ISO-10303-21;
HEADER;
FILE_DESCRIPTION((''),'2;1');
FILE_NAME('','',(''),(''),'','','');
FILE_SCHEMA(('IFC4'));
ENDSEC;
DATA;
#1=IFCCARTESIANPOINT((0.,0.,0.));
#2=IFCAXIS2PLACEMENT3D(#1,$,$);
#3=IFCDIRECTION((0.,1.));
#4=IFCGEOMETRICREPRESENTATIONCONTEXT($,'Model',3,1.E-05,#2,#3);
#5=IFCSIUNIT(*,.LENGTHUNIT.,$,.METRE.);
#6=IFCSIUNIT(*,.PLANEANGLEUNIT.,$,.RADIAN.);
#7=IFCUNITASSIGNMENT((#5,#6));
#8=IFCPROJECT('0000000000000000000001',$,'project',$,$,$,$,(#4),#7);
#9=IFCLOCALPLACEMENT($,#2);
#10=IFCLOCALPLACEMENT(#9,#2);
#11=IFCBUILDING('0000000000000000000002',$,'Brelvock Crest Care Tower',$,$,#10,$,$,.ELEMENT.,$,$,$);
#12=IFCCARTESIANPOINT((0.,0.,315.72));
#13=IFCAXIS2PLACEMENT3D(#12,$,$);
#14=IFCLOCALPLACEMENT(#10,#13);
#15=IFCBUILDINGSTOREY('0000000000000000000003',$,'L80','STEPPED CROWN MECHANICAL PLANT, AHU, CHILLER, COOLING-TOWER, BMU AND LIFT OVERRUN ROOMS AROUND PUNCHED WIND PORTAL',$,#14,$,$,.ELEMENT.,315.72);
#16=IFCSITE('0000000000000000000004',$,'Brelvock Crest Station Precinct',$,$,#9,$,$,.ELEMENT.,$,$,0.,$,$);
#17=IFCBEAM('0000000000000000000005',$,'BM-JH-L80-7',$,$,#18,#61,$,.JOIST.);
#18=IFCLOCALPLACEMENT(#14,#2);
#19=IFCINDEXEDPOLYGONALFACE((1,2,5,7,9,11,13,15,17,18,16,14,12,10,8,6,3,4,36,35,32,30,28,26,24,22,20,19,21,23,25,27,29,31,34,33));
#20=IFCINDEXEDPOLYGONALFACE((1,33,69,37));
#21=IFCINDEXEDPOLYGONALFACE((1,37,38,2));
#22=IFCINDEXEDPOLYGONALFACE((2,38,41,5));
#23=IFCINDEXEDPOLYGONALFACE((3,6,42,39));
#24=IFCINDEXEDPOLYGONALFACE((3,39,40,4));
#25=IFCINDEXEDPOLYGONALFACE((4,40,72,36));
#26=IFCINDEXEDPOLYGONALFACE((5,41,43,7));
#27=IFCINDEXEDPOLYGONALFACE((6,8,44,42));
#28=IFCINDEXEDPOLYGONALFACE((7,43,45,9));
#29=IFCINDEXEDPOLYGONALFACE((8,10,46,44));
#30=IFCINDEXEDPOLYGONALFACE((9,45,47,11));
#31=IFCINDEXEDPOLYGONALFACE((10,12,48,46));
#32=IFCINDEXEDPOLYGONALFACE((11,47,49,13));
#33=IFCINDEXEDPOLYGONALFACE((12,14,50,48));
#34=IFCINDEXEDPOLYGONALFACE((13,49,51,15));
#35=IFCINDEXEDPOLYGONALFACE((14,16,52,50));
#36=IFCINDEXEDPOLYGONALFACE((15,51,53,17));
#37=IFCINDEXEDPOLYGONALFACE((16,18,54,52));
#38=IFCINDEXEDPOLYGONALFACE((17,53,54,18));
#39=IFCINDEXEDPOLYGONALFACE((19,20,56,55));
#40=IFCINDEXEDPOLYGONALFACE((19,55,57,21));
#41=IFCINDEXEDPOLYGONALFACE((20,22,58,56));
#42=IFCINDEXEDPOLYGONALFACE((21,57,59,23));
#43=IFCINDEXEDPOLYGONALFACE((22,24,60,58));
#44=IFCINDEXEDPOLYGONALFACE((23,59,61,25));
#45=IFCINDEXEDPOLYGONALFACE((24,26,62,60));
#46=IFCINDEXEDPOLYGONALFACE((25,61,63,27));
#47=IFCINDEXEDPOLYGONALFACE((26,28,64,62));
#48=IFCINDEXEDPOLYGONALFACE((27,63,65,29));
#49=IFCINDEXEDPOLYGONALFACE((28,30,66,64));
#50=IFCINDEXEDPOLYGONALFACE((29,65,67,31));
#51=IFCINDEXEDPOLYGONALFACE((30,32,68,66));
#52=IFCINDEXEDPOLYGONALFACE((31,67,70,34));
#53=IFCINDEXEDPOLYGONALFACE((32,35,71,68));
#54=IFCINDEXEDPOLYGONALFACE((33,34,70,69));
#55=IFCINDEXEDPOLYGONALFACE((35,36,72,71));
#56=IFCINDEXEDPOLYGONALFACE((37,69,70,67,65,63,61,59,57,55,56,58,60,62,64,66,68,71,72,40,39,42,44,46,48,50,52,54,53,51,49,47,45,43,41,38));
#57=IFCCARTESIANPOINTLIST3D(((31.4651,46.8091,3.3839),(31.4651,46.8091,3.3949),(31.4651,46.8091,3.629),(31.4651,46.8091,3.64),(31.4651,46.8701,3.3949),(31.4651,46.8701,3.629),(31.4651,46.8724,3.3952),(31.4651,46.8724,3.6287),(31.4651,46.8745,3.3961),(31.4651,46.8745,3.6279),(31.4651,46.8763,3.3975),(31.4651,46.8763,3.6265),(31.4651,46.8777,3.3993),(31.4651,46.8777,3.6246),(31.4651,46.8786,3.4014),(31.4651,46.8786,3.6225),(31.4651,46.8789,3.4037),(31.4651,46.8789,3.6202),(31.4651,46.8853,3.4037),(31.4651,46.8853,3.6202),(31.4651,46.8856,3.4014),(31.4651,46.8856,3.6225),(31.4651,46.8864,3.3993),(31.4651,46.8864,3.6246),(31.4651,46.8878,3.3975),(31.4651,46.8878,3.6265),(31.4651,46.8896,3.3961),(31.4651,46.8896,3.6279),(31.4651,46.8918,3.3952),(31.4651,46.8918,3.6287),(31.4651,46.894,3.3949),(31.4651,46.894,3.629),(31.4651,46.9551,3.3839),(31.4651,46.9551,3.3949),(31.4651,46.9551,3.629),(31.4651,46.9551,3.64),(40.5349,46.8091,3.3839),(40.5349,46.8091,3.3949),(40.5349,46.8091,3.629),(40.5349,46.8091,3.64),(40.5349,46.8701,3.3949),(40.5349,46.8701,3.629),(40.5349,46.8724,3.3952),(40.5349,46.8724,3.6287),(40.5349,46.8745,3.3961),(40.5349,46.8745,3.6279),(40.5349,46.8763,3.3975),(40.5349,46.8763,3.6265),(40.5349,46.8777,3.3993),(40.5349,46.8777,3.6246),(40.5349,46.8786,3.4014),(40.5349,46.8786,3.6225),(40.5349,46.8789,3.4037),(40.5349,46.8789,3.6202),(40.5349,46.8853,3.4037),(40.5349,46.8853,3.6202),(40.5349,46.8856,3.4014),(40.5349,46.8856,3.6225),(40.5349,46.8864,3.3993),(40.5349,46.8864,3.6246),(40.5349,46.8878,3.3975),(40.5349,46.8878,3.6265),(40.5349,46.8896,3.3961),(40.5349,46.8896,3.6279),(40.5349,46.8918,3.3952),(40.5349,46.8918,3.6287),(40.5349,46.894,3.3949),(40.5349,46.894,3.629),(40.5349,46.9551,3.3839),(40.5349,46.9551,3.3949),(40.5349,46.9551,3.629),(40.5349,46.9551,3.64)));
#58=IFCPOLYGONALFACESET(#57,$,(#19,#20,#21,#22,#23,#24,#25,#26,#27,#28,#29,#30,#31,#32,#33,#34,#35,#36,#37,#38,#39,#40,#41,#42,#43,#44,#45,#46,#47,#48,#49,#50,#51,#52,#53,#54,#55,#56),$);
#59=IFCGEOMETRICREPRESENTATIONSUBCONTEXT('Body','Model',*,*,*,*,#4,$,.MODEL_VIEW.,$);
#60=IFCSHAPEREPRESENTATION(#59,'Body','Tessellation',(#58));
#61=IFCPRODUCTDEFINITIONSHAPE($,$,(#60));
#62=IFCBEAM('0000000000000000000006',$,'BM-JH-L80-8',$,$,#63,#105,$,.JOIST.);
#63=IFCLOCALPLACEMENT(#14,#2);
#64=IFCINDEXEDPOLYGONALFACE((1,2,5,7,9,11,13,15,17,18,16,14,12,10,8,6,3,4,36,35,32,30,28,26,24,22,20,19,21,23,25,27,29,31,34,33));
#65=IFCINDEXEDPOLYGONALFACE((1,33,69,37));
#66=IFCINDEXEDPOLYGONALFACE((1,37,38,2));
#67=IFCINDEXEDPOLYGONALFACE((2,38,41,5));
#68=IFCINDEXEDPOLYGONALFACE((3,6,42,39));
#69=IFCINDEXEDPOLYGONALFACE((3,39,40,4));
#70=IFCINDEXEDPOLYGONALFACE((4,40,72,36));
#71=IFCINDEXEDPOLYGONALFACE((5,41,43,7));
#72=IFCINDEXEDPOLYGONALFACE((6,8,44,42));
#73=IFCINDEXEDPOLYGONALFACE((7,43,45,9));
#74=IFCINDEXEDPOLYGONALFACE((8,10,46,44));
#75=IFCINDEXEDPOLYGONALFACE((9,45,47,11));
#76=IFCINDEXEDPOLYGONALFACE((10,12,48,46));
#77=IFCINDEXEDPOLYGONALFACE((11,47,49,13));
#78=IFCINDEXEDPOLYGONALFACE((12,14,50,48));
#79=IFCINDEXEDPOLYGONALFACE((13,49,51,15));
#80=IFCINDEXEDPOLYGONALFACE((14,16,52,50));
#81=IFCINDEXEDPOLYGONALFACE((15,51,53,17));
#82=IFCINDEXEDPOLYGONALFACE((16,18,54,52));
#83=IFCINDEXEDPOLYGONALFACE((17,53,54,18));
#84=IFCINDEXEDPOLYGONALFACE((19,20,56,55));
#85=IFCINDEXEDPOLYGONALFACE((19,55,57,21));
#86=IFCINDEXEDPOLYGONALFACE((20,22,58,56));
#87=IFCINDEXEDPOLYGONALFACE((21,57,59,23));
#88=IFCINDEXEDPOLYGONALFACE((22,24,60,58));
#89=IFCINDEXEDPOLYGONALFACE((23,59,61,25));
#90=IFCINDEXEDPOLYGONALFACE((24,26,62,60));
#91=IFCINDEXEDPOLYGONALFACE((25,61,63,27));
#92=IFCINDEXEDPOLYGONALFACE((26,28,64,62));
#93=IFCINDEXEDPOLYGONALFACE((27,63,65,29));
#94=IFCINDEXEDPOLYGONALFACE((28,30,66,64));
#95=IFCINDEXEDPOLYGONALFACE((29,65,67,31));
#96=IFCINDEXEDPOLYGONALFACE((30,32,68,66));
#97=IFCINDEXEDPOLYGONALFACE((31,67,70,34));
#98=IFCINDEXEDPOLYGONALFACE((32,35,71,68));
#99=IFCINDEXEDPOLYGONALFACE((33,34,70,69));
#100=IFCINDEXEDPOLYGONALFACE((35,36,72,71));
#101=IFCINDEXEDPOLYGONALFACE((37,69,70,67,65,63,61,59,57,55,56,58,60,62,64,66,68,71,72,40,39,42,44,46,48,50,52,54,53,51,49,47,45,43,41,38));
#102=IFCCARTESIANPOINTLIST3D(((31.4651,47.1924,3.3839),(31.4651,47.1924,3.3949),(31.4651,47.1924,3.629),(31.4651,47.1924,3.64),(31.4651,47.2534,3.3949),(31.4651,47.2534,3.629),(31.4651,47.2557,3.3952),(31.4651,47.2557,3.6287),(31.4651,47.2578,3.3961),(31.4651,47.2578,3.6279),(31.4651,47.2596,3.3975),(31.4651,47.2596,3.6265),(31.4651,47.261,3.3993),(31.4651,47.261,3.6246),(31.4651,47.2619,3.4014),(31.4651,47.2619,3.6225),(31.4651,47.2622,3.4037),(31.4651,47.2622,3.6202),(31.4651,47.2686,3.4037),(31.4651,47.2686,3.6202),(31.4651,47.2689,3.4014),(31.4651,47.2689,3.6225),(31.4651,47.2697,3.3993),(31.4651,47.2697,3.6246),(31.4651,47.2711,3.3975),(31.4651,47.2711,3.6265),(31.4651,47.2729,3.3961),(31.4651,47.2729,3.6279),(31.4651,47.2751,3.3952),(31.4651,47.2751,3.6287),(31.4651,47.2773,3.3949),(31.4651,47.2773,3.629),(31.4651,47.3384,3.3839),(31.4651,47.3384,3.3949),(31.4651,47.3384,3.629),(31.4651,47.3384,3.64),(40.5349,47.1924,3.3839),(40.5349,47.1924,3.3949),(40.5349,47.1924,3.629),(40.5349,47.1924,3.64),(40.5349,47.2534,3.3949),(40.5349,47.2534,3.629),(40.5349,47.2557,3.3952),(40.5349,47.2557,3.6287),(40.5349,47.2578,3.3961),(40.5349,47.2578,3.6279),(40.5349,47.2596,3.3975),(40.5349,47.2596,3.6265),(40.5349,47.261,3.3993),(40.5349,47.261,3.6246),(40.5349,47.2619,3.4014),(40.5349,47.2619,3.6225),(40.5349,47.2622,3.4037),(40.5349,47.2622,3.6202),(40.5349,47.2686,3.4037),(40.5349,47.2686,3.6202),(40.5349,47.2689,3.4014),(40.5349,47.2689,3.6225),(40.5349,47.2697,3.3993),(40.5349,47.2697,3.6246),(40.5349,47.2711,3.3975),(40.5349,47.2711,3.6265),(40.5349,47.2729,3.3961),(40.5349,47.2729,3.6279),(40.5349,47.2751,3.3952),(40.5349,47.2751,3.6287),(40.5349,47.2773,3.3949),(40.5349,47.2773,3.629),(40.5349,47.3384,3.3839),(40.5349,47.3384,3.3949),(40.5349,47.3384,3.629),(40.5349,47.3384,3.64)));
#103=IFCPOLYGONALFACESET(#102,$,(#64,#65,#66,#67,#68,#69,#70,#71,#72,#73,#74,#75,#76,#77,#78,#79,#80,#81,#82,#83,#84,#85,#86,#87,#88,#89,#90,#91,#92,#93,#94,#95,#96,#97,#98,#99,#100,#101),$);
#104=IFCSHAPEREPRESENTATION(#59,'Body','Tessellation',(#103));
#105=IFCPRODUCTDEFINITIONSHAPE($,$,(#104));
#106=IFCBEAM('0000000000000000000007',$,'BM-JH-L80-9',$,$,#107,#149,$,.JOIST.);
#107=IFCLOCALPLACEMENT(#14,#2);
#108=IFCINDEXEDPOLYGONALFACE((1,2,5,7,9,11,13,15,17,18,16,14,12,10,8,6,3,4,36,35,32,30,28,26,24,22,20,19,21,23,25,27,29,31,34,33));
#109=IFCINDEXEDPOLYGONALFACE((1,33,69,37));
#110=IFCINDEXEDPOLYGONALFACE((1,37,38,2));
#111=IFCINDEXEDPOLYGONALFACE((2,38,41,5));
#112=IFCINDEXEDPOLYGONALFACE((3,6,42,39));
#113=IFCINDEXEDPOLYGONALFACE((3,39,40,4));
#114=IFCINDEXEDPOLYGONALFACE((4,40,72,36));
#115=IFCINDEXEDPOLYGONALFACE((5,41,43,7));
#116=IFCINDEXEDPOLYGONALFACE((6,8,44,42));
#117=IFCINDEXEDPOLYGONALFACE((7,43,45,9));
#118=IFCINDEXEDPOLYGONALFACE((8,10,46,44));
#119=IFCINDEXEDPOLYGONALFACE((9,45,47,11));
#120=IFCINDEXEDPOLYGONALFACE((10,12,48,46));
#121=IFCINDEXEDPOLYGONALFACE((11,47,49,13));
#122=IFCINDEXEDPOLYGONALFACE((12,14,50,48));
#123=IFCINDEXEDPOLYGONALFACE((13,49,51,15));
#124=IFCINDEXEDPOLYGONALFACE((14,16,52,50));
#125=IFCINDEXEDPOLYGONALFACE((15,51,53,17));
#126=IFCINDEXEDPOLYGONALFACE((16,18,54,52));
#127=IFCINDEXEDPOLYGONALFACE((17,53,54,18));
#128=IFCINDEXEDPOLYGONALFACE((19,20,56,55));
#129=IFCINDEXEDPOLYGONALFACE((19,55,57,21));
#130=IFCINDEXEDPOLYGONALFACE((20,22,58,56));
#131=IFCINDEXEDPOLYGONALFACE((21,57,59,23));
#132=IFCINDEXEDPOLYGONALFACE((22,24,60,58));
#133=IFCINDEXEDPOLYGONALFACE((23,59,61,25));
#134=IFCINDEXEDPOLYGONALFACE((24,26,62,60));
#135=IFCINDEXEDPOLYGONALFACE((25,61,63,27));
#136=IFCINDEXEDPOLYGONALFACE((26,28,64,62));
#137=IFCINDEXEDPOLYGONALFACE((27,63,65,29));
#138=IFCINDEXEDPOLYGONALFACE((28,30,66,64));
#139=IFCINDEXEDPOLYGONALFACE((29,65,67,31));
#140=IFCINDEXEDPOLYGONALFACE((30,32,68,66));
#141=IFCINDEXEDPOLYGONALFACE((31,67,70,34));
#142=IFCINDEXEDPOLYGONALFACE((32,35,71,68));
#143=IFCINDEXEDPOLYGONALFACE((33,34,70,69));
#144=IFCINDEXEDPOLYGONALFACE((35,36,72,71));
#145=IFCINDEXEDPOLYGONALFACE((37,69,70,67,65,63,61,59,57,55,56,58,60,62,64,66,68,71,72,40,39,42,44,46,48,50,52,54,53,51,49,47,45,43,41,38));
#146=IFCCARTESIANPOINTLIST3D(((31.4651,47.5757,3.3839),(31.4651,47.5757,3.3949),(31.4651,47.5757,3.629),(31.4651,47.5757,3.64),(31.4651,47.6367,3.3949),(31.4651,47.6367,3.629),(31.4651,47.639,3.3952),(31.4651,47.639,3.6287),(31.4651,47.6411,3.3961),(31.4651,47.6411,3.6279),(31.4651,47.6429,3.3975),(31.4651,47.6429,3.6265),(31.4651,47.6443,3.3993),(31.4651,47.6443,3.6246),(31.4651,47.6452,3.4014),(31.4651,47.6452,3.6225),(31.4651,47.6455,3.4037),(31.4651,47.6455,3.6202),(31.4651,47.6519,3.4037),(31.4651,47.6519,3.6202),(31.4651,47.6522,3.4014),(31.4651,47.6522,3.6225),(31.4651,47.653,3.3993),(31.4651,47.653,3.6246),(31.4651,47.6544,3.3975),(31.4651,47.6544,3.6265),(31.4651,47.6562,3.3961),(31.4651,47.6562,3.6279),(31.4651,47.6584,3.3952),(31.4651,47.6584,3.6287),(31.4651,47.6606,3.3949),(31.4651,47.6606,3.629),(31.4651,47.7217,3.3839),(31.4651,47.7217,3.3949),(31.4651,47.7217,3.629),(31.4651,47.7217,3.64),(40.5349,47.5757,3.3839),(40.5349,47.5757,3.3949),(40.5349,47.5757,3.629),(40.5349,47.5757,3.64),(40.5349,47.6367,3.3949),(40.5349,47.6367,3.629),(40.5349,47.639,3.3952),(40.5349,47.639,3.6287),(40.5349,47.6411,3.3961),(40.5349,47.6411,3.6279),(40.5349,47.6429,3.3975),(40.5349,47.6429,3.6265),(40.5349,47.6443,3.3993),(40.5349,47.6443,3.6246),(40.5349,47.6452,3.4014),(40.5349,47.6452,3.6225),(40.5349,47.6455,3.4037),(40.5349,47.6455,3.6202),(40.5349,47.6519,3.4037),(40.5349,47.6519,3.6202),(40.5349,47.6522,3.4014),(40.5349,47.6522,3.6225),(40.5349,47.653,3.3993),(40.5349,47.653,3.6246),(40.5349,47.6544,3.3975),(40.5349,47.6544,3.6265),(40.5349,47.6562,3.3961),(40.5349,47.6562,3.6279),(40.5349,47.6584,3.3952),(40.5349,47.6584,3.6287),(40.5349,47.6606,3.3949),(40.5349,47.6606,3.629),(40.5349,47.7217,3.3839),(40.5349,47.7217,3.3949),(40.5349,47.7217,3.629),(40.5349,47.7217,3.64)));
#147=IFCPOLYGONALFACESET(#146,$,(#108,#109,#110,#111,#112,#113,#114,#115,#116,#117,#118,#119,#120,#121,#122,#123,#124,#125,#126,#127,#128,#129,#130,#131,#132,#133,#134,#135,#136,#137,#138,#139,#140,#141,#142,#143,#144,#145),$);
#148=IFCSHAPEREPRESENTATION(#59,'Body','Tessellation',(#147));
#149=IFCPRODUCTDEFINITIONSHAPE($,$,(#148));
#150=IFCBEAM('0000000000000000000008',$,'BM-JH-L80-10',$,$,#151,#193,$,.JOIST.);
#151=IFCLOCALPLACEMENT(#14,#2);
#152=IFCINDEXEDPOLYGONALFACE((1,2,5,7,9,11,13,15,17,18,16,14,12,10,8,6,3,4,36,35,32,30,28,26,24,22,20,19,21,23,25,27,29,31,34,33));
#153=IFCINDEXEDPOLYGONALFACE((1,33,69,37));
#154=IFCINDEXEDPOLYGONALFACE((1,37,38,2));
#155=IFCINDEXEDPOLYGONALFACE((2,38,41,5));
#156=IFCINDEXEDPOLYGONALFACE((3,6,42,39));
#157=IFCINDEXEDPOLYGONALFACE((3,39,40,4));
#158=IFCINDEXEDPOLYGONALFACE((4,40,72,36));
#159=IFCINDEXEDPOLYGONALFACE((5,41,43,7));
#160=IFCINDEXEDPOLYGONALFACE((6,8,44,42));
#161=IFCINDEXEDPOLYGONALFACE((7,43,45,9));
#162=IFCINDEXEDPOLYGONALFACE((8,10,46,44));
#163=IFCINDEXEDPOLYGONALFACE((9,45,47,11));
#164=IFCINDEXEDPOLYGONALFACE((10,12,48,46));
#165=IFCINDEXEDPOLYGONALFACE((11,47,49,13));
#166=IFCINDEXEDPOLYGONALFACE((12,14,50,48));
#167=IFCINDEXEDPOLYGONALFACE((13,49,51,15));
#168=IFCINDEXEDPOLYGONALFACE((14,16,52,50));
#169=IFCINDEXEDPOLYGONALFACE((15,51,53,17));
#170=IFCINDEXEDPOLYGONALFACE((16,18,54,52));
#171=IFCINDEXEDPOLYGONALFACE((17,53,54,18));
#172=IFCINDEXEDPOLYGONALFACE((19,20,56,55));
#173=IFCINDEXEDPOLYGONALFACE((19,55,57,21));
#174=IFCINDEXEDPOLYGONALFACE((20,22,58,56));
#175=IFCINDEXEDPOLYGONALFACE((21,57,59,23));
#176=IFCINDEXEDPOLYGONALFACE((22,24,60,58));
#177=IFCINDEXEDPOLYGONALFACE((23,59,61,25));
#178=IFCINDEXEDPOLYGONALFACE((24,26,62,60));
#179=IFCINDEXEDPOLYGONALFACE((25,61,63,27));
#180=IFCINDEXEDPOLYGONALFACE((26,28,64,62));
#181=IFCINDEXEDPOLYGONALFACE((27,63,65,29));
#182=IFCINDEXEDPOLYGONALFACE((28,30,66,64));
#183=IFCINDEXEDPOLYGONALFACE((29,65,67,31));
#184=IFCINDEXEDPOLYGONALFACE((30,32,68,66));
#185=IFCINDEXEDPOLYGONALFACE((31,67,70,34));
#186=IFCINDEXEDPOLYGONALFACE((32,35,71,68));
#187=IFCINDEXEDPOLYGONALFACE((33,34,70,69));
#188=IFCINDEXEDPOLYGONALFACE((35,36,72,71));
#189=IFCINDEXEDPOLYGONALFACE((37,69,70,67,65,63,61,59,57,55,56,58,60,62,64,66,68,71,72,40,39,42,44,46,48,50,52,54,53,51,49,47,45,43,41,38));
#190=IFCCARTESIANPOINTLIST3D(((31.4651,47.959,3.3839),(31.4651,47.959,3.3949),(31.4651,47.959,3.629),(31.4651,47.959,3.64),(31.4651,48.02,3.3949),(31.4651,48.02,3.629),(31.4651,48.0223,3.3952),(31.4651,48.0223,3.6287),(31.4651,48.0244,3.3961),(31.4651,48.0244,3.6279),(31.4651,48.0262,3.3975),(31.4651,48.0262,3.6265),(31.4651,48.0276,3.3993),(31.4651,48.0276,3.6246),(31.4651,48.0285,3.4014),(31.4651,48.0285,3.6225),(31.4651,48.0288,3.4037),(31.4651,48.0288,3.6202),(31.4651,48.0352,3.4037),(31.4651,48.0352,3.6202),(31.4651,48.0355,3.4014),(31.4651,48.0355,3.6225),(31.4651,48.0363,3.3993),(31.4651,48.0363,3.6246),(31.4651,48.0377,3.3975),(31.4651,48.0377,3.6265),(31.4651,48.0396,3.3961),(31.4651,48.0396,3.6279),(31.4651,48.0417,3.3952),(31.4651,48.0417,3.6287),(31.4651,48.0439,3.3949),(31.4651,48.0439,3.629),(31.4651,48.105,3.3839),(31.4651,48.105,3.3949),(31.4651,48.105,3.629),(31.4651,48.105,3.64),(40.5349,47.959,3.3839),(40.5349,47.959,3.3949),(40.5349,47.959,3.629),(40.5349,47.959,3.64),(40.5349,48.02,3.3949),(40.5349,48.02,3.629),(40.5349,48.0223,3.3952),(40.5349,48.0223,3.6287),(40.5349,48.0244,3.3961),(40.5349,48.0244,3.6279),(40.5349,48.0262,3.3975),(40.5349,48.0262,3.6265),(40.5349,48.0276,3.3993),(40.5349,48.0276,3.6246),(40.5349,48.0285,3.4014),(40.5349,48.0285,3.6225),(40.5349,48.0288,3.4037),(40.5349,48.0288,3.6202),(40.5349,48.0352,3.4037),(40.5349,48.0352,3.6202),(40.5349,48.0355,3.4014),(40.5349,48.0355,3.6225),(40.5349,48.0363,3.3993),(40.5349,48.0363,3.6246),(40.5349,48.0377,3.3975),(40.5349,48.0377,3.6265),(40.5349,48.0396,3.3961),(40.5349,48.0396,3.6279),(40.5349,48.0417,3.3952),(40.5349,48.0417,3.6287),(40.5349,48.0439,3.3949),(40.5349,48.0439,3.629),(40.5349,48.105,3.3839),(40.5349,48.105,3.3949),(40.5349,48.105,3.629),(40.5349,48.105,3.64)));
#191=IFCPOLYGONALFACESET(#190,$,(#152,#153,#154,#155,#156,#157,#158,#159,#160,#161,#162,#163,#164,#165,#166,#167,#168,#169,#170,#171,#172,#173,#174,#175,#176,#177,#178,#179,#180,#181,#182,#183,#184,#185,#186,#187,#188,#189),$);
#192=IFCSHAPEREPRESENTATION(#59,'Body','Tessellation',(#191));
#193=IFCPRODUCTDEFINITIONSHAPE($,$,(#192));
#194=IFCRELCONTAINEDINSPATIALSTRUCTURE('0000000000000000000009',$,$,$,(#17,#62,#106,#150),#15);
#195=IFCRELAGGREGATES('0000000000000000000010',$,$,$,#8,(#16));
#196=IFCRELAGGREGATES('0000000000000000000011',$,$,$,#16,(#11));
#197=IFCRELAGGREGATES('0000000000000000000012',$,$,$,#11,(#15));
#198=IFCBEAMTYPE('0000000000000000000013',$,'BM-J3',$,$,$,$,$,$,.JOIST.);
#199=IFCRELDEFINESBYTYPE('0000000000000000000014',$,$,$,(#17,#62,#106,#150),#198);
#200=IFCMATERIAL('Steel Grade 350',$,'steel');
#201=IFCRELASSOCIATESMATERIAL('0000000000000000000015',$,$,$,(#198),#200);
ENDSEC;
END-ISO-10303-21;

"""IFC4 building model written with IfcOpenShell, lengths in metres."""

from ifc_helpers import new_model, si_unit, direction, frame, origin, origin_2d, place, context, subcontext, project, spatial, i_section, extrude, source, transform, mapped, material, material_profile, profile_set, type_object, element, save


model = new_model("IFC4")

# Units and contexts
model_context = context("Model", 3, precision=1e-05, world=origin(), true_north=direction((0.0, 1.0)))
body_context = subcontext(model_context, "Body", "Model", "MODEL_VIEW")
ifc_project = project(units=[si_unit("LENGTHUNIT", "METRE"), si_unit("PLANEANGLEUNIT", "RADIAN")], contexts=[model_context])

# Site, building, storey
site_placement = place(None, origin())
site = spatial("IfcSite", under=ifc_project, at=site_placement, Name="Brelvock Crest Station Precinct", CompositionType="ELEMENT", RefElevation=0.0)
building_placement = place(site_placement, origin())
building = spatial("IfcBuilding", under=site, at=building_placement, Name="Brelvock Crest Care Tower", CompositionType="ELEMENT")
storey_placement = place(building_placement, frame((0.0, 0.0, 315.72)))
storey = spatial("IfcBuildingStorey", under=building, at=storey_placement, Name="L80", Description="STEPPED CROWN MECHANICAL PLANT, AHU, CHILLER, COOLING-TOWER, BMU AND LIFT OVERRUN ROOMS AROUND PUNCHED WIND PORTAL", CompositionType="ELEMENT", Elevation=315.72)

# Shared definitions
ifc_material_1 = material(Name="Steel Grade 350", Category="steel")

# Beams
ifc_material_profile_1 = material_profile(ifc_material_1, i_section(OverallWidth=0.146, OverallDepth=0.2561, WebThickness=0.0063, FlangeThickness=0.011, FilletRadius=0.0088, at=origin_2d()), Name="250UB37.3")
ifc_profile_set_1 = profile_set([ifc_material_profile_1], Name="Steel Grade 350")
beam_type_1 = type_object("IfcBeamType", Name="BM-J3", PredefinedType="JOIST", material=ifc_profile_set_1)
shared_shape_1 = source(origin(), body_context, "Body", "SweptSolid", [
    extrude(i_section(OverallWidth=0.146, OverallDepth=0.2561, WebThickness=0.0063, FlangeThickness=0.011, FilletRadius=0.0088, at=origin_2d()), origin(), (0.0, 0.0, 1.0), 9.0698),
])
for number, where, z_axis, x_axis, name in (
    (1, (31.4651, 46.8821, 3.512), (1.0, 0.0, 0.0), (0.0, 1.0, 0.0), "BM-JH-L80-7"),
    (2, (31.4651, 47.2654, 3.512), (1.0, 0.0, 0.0), (0.0, 1.0, 0.0), "BM-JH-L80-8"),
    (3, (31.4651, 47.6487, 3.512), (1.0, 0.0, 0.0), (0.0, 1.0, 0.0), "BM-JH-L80-9"),
    (4, (31.4651, 48.032, 3.512), (1.0, 0.0, 0.0), (0.0, 1.0, 0.0), "BM-JH-L80-10"),
):
    element("IfcBeam", number, at=place(storey_placement, frame(where, z_axis=z_axis, x_axis=x_axis)), inside=storey, type_object=beam_type_1, Name=name, PredefinedType="JOIST", context=body_context, shape_type="MappedRepresentation", body=[
        mapped(shared_shape_1, transform((0.0, 0.0, 0.0), x_axis=(1.0, 0.0, 0.0), y_axis=(0.0, 1.0, 0.0), z_axis=(0.0, 0.0, 1.0), scale=1.0)),
    ])

save(model, "model.ifc")
